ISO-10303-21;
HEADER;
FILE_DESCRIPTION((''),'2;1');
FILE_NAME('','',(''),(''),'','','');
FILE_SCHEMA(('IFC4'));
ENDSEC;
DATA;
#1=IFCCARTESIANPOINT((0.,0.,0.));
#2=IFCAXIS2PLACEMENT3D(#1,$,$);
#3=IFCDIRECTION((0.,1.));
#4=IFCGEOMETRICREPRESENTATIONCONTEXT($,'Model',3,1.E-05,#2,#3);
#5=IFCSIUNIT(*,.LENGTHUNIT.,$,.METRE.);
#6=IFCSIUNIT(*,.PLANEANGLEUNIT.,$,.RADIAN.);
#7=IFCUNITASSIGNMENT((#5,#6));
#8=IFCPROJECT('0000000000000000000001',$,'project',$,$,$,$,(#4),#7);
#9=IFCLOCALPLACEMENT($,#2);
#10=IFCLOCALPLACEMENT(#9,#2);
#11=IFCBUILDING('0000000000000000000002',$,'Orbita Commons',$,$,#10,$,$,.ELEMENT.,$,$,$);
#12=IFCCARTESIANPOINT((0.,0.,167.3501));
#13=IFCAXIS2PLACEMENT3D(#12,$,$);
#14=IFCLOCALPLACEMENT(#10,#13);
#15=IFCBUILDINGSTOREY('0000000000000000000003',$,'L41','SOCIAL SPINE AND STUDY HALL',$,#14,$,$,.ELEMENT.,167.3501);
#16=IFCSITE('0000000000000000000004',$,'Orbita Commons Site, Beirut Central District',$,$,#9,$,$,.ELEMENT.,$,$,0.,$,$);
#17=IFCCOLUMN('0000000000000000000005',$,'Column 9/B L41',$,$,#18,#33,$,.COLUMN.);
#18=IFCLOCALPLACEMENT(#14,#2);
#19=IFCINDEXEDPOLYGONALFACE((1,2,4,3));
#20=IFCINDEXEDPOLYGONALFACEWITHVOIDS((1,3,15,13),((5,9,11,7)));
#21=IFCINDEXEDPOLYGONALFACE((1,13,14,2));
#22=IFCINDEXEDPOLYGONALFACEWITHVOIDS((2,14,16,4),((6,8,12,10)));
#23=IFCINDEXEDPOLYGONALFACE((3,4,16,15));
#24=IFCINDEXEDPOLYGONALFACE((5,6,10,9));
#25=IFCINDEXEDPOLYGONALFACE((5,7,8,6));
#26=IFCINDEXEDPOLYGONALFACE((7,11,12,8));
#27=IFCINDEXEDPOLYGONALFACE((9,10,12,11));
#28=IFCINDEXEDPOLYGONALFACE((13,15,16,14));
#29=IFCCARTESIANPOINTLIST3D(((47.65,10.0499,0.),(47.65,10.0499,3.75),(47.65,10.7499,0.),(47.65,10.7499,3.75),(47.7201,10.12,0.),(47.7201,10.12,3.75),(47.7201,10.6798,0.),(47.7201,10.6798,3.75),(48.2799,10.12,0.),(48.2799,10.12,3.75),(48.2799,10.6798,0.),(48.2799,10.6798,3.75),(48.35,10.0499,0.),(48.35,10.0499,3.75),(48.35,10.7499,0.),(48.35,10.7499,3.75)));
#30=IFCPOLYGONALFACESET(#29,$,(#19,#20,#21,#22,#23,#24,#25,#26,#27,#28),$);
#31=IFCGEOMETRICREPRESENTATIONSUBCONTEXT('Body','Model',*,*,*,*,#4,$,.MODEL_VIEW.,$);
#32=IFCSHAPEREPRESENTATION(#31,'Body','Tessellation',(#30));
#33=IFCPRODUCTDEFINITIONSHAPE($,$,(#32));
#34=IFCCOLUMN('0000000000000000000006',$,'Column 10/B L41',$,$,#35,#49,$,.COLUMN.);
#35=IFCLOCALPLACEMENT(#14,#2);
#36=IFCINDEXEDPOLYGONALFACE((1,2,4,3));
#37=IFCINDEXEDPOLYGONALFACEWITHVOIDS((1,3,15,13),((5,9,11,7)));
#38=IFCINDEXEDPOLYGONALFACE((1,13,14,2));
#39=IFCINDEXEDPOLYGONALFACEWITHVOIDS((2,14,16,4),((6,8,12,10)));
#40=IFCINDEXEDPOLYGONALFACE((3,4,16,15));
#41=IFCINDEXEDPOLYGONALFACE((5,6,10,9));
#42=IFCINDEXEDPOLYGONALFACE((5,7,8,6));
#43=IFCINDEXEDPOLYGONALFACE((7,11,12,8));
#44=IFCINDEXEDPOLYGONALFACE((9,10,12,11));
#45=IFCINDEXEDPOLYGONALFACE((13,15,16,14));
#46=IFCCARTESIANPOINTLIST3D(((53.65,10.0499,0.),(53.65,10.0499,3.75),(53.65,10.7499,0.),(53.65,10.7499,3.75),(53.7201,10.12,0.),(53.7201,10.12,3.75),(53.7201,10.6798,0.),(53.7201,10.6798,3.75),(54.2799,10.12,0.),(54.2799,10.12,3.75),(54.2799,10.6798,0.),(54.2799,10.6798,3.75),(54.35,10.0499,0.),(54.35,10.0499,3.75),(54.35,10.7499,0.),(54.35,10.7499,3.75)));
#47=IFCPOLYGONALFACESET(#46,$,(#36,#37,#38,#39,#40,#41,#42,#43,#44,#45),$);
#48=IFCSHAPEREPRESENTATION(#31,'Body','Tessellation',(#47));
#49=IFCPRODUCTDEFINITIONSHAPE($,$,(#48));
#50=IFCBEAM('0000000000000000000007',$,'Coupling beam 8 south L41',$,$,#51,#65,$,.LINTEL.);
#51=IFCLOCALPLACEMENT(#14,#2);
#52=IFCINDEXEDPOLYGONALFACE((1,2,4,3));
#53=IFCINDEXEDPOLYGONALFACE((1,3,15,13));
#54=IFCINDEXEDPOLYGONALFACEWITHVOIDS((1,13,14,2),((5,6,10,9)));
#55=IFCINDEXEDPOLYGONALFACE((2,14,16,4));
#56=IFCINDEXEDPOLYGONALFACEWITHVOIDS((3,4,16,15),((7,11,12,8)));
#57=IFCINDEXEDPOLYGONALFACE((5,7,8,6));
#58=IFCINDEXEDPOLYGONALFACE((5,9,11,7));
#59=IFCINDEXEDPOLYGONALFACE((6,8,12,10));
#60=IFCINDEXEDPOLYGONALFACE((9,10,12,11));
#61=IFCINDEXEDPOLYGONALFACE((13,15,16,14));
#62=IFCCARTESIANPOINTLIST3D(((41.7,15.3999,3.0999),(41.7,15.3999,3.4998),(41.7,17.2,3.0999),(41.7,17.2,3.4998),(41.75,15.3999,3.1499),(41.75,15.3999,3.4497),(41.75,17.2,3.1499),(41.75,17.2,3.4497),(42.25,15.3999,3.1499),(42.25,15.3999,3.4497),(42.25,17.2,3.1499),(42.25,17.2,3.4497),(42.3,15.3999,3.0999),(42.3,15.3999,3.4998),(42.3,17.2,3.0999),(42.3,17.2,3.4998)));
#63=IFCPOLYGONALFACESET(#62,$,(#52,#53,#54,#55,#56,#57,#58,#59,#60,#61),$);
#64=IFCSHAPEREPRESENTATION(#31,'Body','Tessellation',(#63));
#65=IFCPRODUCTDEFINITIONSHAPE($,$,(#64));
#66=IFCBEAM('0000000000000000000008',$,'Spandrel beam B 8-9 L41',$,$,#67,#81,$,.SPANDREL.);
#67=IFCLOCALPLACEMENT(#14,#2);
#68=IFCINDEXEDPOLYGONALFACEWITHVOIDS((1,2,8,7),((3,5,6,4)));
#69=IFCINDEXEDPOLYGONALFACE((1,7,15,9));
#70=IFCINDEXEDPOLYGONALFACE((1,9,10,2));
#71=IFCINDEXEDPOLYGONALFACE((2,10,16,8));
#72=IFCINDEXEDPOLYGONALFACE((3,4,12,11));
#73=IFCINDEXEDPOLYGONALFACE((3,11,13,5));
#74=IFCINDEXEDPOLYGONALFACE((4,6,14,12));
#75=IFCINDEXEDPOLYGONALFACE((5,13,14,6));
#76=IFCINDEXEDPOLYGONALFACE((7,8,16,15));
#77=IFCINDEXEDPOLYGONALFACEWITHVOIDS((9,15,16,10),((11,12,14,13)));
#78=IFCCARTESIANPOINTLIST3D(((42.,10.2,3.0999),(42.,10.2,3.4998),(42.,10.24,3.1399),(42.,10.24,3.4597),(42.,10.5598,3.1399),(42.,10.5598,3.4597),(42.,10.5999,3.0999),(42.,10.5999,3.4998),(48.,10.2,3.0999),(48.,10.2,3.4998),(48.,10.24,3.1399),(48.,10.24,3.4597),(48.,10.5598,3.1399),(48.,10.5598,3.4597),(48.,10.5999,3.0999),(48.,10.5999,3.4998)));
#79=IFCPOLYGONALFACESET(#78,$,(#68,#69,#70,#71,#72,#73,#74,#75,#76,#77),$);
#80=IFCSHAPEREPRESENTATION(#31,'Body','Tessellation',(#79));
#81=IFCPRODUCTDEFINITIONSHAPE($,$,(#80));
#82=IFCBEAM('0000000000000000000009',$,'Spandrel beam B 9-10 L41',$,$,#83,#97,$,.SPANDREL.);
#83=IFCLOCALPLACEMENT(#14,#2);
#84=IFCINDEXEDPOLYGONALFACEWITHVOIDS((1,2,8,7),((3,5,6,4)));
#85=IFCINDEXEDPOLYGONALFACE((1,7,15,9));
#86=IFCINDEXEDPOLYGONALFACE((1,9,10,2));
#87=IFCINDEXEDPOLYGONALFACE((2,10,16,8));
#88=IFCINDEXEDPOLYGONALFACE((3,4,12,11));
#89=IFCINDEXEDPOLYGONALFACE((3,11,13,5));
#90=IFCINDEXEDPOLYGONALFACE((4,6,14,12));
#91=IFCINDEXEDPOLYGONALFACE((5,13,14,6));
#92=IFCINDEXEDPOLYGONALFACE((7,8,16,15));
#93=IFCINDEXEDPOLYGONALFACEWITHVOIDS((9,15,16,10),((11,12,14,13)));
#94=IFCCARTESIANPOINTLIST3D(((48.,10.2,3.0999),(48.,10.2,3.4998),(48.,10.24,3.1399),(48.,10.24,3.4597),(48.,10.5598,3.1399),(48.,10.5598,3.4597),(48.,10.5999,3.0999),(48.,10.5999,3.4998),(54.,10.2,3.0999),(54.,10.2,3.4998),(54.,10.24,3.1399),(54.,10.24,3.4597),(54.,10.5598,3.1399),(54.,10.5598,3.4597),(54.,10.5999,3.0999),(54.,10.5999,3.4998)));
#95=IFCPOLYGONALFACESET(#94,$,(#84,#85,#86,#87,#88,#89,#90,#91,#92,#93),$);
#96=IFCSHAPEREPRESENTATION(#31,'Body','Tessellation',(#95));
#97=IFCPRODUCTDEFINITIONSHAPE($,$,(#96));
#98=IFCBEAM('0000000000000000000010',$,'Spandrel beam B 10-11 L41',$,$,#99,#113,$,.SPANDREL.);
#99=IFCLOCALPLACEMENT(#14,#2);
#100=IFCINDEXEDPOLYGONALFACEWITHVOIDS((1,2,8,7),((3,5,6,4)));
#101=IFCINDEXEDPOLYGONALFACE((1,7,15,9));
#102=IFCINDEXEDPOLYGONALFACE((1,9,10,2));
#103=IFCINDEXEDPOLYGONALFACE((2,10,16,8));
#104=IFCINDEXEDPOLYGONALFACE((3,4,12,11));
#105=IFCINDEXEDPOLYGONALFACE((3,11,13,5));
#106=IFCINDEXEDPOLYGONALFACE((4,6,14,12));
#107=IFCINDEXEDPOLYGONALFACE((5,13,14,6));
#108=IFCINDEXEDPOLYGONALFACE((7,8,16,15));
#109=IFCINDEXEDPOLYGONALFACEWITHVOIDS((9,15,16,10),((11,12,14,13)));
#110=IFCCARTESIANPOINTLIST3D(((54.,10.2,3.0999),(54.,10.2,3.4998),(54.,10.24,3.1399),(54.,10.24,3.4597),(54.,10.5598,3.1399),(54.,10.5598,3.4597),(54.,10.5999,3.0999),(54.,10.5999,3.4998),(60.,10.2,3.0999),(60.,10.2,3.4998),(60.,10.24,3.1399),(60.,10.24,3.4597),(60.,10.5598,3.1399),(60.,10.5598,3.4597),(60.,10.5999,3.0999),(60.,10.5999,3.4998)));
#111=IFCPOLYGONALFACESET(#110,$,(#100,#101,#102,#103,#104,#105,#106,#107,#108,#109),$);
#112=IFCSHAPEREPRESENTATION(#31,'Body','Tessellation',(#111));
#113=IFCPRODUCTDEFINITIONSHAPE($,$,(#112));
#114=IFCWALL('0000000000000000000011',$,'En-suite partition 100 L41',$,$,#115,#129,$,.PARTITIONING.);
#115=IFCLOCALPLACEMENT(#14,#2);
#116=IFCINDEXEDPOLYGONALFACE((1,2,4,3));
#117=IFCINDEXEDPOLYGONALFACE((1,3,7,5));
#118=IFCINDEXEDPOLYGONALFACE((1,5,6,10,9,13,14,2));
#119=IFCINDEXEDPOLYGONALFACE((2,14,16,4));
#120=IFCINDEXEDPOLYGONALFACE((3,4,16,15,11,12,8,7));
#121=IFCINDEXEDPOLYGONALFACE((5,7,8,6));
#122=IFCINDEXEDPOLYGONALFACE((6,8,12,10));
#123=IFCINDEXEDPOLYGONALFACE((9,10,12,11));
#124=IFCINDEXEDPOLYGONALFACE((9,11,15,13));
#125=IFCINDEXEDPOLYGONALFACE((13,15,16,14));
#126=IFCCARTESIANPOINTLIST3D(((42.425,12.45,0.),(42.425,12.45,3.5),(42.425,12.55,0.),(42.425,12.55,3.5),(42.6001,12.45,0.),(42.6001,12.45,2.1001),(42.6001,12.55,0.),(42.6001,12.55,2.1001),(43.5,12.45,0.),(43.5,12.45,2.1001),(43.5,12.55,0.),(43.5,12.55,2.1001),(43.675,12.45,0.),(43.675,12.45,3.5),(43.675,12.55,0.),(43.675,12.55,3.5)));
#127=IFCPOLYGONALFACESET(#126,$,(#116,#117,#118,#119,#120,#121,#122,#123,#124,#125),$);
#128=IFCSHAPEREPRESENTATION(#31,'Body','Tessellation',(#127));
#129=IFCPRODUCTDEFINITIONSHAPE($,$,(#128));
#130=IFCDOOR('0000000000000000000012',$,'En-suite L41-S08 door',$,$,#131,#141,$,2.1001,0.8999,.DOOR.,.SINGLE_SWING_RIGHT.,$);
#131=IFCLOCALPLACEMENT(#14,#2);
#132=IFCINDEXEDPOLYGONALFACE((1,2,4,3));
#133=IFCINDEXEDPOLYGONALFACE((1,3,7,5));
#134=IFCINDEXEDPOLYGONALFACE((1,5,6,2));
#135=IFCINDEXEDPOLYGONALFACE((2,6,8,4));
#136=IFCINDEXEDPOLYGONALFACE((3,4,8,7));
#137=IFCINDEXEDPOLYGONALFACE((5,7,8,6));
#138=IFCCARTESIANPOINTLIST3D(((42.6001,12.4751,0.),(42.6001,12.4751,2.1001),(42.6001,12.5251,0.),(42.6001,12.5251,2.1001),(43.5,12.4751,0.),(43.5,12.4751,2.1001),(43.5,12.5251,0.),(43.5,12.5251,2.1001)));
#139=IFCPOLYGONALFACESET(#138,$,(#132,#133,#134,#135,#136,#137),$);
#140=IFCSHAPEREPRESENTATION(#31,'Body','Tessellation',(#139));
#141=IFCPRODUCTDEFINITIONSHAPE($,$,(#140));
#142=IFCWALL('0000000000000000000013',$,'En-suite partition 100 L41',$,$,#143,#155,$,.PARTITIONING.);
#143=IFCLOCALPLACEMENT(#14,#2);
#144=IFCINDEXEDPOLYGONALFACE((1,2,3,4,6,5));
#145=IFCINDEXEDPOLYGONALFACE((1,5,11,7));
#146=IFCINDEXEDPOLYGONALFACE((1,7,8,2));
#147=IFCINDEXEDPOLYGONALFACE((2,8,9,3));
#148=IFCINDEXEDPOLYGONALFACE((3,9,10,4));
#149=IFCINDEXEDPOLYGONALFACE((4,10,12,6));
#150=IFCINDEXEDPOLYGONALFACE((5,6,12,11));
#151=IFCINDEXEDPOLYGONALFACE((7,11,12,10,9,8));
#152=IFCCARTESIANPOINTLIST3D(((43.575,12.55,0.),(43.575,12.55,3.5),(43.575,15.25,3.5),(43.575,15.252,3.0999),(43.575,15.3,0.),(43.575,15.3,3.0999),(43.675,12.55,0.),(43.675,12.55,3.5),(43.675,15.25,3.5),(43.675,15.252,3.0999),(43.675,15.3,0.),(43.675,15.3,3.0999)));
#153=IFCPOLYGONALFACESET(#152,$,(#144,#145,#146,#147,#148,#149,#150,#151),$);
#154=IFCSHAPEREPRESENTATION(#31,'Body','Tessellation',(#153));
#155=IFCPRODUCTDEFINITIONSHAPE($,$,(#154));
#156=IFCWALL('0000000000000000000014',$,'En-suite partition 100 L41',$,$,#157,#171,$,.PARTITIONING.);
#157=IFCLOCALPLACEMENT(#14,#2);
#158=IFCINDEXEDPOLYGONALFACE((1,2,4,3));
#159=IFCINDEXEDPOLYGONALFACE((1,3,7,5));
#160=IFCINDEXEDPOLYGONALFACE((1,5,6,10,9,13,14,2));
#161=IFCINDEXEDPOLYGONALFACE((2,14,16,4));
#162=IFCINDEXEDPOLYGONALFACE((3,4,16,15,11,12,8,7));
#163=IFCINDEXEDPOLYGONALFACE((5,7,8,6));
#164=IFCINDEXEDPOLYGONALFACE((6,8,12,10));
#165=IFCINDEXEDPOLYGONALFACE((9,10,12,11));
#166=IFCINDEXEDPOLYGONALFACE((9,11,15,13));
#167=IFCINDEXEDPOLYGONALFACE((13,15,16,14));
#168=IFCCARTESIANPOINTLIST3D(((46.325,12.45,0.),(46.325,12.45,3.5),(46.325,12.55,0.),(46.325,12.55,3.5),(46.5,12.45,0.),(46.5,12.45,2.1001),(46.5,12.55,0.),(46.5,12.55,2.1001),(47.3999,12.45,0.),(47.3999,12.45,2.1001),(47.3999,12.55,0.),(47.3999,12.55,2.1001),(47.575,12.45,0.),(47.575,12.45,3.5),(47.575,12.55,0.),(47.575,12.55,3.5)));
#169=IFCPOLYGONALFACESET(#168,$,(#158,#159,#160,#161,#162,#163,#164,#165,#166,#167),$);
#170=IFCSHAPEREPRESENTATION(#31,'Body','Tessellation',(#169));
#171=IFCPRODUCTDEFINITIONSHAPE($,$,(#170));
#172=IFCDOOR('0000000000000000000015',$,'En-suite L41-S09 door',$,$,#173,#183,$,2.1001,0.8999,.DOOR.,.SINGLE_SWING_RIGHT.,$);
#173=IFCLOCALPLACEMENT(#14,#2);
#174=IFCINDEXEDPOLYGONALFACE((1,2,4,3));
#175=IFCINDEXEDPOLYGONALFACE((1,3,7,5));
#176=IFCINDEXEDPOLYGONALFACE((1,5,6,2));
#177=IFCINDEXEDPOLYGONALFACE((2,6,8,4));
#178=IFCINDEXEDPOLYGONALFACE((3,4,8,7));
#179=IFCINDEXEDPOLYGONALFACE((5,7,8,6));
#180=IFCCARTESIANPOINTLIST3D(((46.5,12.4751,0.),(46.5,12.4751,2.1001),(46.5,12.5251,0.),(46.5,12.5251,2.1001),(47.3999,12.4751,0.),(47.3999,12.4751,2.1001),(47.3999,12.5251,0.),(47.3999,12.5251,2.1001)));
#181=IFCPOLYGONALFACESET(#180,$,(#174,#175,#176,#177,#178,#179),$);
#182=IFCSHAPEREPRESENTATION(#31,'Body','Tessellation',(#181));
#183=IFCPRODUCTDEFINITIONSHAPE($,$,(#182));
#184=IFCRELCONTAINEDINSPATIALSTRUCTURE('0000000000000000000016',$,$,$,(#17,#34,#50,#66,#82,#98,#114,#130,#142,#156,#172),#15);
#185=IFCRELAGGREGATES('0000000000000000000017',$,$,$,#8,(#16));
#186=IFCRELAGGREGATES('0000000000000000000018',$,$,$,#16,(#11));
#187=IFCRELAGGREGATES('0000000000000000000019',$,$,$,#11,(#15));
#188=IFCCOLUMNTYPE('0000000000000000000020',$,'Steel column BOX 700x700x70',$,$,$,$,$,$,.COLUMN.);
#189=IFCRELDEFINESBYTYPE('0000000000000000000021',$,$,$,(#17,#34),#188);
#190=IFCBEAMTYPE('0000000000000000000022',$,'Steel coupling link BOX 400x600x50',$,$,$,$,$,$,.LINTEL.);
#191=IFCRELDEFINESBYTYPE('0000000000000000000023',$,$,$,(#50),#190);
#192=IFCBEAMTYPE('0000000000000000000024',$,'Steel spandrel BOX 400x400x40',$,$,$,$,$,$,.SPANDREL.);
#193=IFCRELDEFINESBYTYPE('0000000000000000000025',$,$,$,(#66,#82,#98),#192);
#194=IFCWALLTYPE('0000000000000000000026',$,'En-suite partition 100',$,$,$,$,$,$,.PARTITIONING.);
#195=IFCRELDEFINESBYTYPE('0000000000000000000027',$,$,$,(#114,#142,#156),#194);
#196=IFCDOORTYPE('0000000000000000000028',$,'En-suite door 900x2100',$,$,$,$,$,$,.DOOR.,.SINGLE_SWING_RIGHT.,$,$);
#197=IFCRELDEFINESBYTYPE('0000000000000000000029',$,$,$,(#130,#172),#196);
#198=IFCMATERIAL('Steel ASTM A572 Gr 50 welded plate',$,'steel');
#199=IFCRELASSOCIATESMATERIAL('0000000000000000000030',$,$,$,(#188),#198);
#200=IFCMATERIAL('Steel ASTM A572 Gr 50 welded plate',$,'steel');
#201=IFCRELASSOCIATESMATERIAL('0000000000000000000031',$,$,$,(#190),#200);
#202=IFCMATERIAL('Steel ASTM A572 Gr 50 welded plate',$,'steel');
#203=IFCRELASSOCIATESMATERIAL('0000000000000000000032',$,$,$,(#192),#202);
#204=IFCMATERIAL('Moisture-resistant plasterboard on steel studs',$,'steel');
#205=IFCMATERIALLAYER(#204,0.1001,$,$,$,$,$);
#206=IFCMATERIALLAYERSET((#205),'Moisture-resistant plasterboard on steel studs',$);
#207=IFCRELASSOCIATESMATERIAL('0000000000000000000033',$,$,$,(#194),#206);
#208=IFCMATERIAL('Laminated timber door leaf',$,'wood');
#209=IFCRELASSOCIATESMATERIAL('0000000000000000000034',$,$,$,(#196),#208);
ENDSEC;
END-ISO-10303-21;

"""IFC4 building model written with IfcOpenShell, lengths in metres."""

from ifc_helpers import new_model, si_unit, direction, frame, frame_2d, origin, origin_2d, place, context, subcontext, project, spatial, polyline, rectangle, hollow_rectangle, outline, extrude, material, layer, layer_set, material_profile, profile_set, type_object, element, fill, save


model = new_model("IFC4")

# Units and contexts
model_context = context("Model", 3, precision=1e-05, world=origin(), true_north=direction((0.0, 1.0)))
body_context = subcontext(model_context, "Body", "Model", "MODEL_VIEW")
ifc_project = project(units=[si_unit("LENGTHUNIT", "METRE"), si_unit("PLANEANGLEUNIT", "RADIAN")], contexts=[model_context])

# Site, building, storey
site_placement = place(None, origin())
site = spatial("IfcSite", under=ifc_project, at=site_placement, Name="Orbita Commons Site, Beirut Central District", CompositionType="ELEMENT", RefElevation=0.0)
building_placement = place(site_placement, origin())
building = spatial("IfcBuilding", under=site, at=building_placement, Name="Orbita Commons", CompositionType="ELEMENT")
storey_placement = place(building_placement, frame((0.0, 0.0, 167.3501)))
storey = spatial("IfcBuildingStorey", under=building, at=storey_placement, Name="L41", Description="SOCIAL SPINE AND STUDY HALL", CompositionType="ELEMENT", Elevation=167.3501)

# Columns
ifc_material_1 = material(Name="Steel ASTM A572 Gr 50 welded plate", Category="steel")
ifc_material_profile_1 = material_profile(ifc_material_1, hollow_rectangle(XDim=0.7, YDim=0.7, WallThickness=0.0701, at=origin_2d()), Name="BOX 700x700x70")
ifc_profile_set_1 = profile_set([ifc_material_profile_1], Name="Steel ASTM A572 Gr 50 welded plate")
column_type = type_object("IfcColumnType", Name="Steel column BOX 700x700x70", PredefinedType="COLUMN", material=ifc_profile_set_1)
for number, where, z_axis, x_axis, name in (
    (1, (48.0, 10.3999, 0.0), (0.0, 0.0, 1.0), (1.0, 0.0, 0.0), "Column 9/B L41"),
    (2, (54.0, 10.3999, 0.0), (0.0, 0.0, 1.0), (1.0, 0.0, 0.0), "Column 10/B L41"),
):
    element("IfcColumn", number, at=place(storey_placement, frame(where, z_axis=z_axis, x_axis=x_axis)), inside=storey, type_object=column_type, Name=name, PredefinedType="COLUMN", context=body_context, shape_type="SweptSolid", body=[
        extrude(hollow_rectangle(XDim=0.7, YDim=0.7, WallThickness=0.0701, at=origin_2d()), origin(), (0.0, 0.0, 1.0), 3.75),
    ])

# Beams
ifc_material_2 = material(Name="Steel ASTM A572 Gr 50 welded plate", Category="steel")
ifc_material_profile_2 = material_profile(ifc_material_2, hollow_rectangle(XDim=0.6001, YDim=0.3999, WallThickness=0.05, at=origin_2d()), Name="BOX 400x600x50")
ifc_profile_set_2 = profile_set([ifc_material_profile_2], Name="Steel ASTM A572 Gr 50 welded plate")
beam_type_1 = type_object("IfcBeamType", Name="Steel coupling link BOX 400x600x50", PredefinedType="LINTEL", material=ifc_profile_set_2)
beam_placement = place(storey_placement, frame((42.0, 15.3999, 3.2998), z_axis=(0.0, 1.0, 0.0), x_axis=(-1.0, 0.0, 0.0)))
element("IfcBeam", 3, at=beam_placement, inside=storey, type_object=beam_type_1, Name="Coupling beam 8 south L41", PredefinedType="LINTEL", context=body_context, shape_type="SweptSolid", body=[
    extrude(hollow_rectangle(XDim=0.6001, YDim=0.3999, WallThickness=0.05, at=origin_2d()), origin(), (0.0, 0.0, 1.0), 1.8),
])
ifc_material_3 = material(Name="Steel ASTM A572 Gr 50 welded plate", Category="steel")
ifc_material_profile_3 = material_profile(ifc_material_3, hollow_rectangle(XDim=0.3999, YDim=0.3999, WallThickness=0.04, at=origin_2d()), Name="BOX 400x400x40")
ifc_profile_set_3 = profile_set([ifc_material_profile_3], Name="Steel ASTM A572 Gr 50 welded plate")
beam_type_2 = type_object("IfcBeamType", Name="Steel spandrel BOX 400x400x40", PredefinedType="SPANDREL", material=ifc_profile_set_3)
for number, where, z_axis, x_axis, name in (
    (4, (42.0, 10.3999, 3.2998), (1.0, 0.0, 0.0), (0.0, 1.0, 0.0), "Spandrel beam B 8-9 L41"),
    (5, (48.0, 10.3999, 3.2998), (1.0, 0.0, 0.0), (0.0, 1.0, 0.0), "Spandrel beam B 9-10 L41"),
    (6, (54.0, 10.3999, 3.2998), (1.0, 0.0, 0.0), (0.0, 1.0, 0.0), "Spandrel beam B 10-11 L41"),
):
    element("IfcBeam", number, at=place(storey_placement, frame(where, z_axis=z_axis, x_axis=x_axis)), inside=storey, type_object=beam_type_2, Name=name, PredefinedType="SPANDREL", context=body_context, shape_type="SweptSolid", body=[
        extrude(hollow_rectangle(XDim=0.3999, YDim=0.3999, WallThickness=0.04, at=origin_2d()), origin(), (0.0, 0.0, 1.0), 6.0),
    ])

# Wall, opening, door
ifc_material_4 = material(Name="Moisture-resistant plasterboard on steel studs", Category="steel")
ifc_layer = layer(ifc_material_4, 0.1001)
ifc_layer_set = layer_set([ifc_layer], Name="Moisture-resistant plasterboard on steel studs")
wall_type = type_object("IfcWallType", Name="En-suite partition 100", PredefinedType="PARTITIONING", material=ifc_layer_set)
wall_1_placement = place(storey_placement, frame((43.675, 12.5, 0.0), z_axis=(0.0, 0.0, 1.0), x_axis=(-1.0, 0.0, 0.0)))
wall_1 = element("IfcWall", 7, at=wall_1_placement, inside=storey, type_object=wall_type, Name="En-suite partition 100 L41", PredefinedType="PARTITIONING", context=body_context, shape_type="SweptSolid", body=[
    extrude(rectangle(XDim=1.25, YDim=0.1001, at=frame_2d((0.625, 0.0))), origin(), (0.0, 0.0, 1.0), 3.5),
])
opening_1_placement = place(wall_1_placement, frame((0.175, 0.0, 0.0)))
opening_1 = element("IfcOpeningElement", 8, at=opening_1_placement, cuts=wall_1, PredefinedType="OPENING", context=body_context, shape_type="SweptSolid", body=[
    extrude(rectangle(XDim=0.8999, YDim=2.1001, at=frame_2d((0.45, 1.05))), frame((0.0, 0.0601, 0.0), z_axis=(0.0, -1.0, 0.0), x_axis=(1.0, 0.0, 0.0)), (0.0, 0.0, 1.0), 0.1201),
])
ifc_material_5 = material(Name="Laminated timber door leaf", Category="wood")
door_type = type_object("IfcDoorType", Name="En-suite door 900x2100", OperationType="SINGLE_SWING_RIGHT", PredefinedType="DOOR", material=ifc_material_5)
door_1_placement = place(opening_1_placement, origin())
door_1 = element("IfcDoor", 9, at=door_1_placement, inside=storey, type_object=door_type, Name="En-suite L41-S08 door", OperationType="SINGLE_SWING_RIGHT", OverallHeight=2.1001, OverallWidth=0.8999, PredefinedType="DOOR", context=body_context, shape_type="SweptSolid", body=[
    extrude(rectangle(XDim=0.8999, YDim=2.1001, at=frame_2d((0.45, 1.05))), frame((0.0, 0.0249, 0.0), z_axis=(0.0, -1.0, 0.0), x_axis=(1.0, 0.0, 0.0)), (0.0, 0.0, 1.0), 0.05),
])
fill(opening_1, door_1)

# Wall
wall_2_placement = place(storey_placement, frame((43.625, 12.55, 0.0), z_axis=(0.0, 0.0, 1.0), x_axis=(0.0, 1.0, 0.0)))
element("IfcWall", 10, at=wall_2_placement, inside=storey, type_object=wall_type, Name="En-suite partition 100 L41", PredefinedType="PARTITIONING", context=body_context, shape_type="SweptSolid", body=[
    extrude(outline(polyline([(0.0, 0.0), (2.75, 0.0), (2.75, 3.0999), (2.7019, 3.0999), (2.7, 3.5), (0.0, 3.5), (0.0, 0.0)])), frame((0.0, 0.05, 0.0), z_axis=(0.0, -1.0, 0.0), x_axis=(1.0, 0.0, 0.0)), (0.0, 0.0, 1.0), 0.1001),
])

# Wall, opening, door
wall_3_placement = place(storey_placement, frame((47.575, 12.5, 0.0), z_axis=(0.0, 0.0, 1.0), x_axis=(-1.0, 0.0, 0.0)))
wall_3 = element("IfcWall", 11, at=wall_3_placement, inside=storey, type_object=wall_type, Name="En-suite partition 100 L41", PredefinedType="PARTITIONING", context=body_context, shape_type="SweptSolid", body=[
    extrude(rectangle(XDim=1.25, YDim=0.1001, at=frame_2d((0.625, 0.0))), origin(), (0.0, 0.0, 1.0), 3.5),
])
opening_2_placement = place(wall_3_placement, frame((0.175, 0.0, 0.0)))
opening_2 = element("IfcOpeningElement", 12, at=opening_2_placement, cuts=wall_3, PredefinedType="OPENING", context=body_context, shape_type="SweptSolid", body=[
    extrude(rectangle(XDim=0.8999, YDim=2.1001, at=frame_2d((0.45, 1.05))), frame((0.0, 0.0601, 0.0), z_axis=(0.0, -1.0, 0.0), x_axis=(1.0, 0.0, 0.0)), (0.0, 0.0, 1.0), 0.1201),
])
door_2_placement = place(opening_2_placement, origin())
door_2 = element("IfcDoor", 13, at=door_2_placement, inside=storey, type_object=door_type, Name="En-suite L41-S09 door", OperationType="SINGLE_SWING_RIGHT", OverallHeight=2.1001, OverallWidth=0.8999, PredefinedType="DOOR", context=body_context, shape_type="SweptSolid", body=[
    extrude(rectangle(XDim=0.8999, YDim=2.1001, at=frame_2d((0.45, 1.05))), frame((0.0, 0.0249, 0.0), z_axis=(0.0, -1.0, 0.0), x_axis=(1.0, 0.0, 0.0)), (0.0, 0.0, 1.0), 0.05),
])
fill(opening_2, door_2)

save(model, "model.ifc")
